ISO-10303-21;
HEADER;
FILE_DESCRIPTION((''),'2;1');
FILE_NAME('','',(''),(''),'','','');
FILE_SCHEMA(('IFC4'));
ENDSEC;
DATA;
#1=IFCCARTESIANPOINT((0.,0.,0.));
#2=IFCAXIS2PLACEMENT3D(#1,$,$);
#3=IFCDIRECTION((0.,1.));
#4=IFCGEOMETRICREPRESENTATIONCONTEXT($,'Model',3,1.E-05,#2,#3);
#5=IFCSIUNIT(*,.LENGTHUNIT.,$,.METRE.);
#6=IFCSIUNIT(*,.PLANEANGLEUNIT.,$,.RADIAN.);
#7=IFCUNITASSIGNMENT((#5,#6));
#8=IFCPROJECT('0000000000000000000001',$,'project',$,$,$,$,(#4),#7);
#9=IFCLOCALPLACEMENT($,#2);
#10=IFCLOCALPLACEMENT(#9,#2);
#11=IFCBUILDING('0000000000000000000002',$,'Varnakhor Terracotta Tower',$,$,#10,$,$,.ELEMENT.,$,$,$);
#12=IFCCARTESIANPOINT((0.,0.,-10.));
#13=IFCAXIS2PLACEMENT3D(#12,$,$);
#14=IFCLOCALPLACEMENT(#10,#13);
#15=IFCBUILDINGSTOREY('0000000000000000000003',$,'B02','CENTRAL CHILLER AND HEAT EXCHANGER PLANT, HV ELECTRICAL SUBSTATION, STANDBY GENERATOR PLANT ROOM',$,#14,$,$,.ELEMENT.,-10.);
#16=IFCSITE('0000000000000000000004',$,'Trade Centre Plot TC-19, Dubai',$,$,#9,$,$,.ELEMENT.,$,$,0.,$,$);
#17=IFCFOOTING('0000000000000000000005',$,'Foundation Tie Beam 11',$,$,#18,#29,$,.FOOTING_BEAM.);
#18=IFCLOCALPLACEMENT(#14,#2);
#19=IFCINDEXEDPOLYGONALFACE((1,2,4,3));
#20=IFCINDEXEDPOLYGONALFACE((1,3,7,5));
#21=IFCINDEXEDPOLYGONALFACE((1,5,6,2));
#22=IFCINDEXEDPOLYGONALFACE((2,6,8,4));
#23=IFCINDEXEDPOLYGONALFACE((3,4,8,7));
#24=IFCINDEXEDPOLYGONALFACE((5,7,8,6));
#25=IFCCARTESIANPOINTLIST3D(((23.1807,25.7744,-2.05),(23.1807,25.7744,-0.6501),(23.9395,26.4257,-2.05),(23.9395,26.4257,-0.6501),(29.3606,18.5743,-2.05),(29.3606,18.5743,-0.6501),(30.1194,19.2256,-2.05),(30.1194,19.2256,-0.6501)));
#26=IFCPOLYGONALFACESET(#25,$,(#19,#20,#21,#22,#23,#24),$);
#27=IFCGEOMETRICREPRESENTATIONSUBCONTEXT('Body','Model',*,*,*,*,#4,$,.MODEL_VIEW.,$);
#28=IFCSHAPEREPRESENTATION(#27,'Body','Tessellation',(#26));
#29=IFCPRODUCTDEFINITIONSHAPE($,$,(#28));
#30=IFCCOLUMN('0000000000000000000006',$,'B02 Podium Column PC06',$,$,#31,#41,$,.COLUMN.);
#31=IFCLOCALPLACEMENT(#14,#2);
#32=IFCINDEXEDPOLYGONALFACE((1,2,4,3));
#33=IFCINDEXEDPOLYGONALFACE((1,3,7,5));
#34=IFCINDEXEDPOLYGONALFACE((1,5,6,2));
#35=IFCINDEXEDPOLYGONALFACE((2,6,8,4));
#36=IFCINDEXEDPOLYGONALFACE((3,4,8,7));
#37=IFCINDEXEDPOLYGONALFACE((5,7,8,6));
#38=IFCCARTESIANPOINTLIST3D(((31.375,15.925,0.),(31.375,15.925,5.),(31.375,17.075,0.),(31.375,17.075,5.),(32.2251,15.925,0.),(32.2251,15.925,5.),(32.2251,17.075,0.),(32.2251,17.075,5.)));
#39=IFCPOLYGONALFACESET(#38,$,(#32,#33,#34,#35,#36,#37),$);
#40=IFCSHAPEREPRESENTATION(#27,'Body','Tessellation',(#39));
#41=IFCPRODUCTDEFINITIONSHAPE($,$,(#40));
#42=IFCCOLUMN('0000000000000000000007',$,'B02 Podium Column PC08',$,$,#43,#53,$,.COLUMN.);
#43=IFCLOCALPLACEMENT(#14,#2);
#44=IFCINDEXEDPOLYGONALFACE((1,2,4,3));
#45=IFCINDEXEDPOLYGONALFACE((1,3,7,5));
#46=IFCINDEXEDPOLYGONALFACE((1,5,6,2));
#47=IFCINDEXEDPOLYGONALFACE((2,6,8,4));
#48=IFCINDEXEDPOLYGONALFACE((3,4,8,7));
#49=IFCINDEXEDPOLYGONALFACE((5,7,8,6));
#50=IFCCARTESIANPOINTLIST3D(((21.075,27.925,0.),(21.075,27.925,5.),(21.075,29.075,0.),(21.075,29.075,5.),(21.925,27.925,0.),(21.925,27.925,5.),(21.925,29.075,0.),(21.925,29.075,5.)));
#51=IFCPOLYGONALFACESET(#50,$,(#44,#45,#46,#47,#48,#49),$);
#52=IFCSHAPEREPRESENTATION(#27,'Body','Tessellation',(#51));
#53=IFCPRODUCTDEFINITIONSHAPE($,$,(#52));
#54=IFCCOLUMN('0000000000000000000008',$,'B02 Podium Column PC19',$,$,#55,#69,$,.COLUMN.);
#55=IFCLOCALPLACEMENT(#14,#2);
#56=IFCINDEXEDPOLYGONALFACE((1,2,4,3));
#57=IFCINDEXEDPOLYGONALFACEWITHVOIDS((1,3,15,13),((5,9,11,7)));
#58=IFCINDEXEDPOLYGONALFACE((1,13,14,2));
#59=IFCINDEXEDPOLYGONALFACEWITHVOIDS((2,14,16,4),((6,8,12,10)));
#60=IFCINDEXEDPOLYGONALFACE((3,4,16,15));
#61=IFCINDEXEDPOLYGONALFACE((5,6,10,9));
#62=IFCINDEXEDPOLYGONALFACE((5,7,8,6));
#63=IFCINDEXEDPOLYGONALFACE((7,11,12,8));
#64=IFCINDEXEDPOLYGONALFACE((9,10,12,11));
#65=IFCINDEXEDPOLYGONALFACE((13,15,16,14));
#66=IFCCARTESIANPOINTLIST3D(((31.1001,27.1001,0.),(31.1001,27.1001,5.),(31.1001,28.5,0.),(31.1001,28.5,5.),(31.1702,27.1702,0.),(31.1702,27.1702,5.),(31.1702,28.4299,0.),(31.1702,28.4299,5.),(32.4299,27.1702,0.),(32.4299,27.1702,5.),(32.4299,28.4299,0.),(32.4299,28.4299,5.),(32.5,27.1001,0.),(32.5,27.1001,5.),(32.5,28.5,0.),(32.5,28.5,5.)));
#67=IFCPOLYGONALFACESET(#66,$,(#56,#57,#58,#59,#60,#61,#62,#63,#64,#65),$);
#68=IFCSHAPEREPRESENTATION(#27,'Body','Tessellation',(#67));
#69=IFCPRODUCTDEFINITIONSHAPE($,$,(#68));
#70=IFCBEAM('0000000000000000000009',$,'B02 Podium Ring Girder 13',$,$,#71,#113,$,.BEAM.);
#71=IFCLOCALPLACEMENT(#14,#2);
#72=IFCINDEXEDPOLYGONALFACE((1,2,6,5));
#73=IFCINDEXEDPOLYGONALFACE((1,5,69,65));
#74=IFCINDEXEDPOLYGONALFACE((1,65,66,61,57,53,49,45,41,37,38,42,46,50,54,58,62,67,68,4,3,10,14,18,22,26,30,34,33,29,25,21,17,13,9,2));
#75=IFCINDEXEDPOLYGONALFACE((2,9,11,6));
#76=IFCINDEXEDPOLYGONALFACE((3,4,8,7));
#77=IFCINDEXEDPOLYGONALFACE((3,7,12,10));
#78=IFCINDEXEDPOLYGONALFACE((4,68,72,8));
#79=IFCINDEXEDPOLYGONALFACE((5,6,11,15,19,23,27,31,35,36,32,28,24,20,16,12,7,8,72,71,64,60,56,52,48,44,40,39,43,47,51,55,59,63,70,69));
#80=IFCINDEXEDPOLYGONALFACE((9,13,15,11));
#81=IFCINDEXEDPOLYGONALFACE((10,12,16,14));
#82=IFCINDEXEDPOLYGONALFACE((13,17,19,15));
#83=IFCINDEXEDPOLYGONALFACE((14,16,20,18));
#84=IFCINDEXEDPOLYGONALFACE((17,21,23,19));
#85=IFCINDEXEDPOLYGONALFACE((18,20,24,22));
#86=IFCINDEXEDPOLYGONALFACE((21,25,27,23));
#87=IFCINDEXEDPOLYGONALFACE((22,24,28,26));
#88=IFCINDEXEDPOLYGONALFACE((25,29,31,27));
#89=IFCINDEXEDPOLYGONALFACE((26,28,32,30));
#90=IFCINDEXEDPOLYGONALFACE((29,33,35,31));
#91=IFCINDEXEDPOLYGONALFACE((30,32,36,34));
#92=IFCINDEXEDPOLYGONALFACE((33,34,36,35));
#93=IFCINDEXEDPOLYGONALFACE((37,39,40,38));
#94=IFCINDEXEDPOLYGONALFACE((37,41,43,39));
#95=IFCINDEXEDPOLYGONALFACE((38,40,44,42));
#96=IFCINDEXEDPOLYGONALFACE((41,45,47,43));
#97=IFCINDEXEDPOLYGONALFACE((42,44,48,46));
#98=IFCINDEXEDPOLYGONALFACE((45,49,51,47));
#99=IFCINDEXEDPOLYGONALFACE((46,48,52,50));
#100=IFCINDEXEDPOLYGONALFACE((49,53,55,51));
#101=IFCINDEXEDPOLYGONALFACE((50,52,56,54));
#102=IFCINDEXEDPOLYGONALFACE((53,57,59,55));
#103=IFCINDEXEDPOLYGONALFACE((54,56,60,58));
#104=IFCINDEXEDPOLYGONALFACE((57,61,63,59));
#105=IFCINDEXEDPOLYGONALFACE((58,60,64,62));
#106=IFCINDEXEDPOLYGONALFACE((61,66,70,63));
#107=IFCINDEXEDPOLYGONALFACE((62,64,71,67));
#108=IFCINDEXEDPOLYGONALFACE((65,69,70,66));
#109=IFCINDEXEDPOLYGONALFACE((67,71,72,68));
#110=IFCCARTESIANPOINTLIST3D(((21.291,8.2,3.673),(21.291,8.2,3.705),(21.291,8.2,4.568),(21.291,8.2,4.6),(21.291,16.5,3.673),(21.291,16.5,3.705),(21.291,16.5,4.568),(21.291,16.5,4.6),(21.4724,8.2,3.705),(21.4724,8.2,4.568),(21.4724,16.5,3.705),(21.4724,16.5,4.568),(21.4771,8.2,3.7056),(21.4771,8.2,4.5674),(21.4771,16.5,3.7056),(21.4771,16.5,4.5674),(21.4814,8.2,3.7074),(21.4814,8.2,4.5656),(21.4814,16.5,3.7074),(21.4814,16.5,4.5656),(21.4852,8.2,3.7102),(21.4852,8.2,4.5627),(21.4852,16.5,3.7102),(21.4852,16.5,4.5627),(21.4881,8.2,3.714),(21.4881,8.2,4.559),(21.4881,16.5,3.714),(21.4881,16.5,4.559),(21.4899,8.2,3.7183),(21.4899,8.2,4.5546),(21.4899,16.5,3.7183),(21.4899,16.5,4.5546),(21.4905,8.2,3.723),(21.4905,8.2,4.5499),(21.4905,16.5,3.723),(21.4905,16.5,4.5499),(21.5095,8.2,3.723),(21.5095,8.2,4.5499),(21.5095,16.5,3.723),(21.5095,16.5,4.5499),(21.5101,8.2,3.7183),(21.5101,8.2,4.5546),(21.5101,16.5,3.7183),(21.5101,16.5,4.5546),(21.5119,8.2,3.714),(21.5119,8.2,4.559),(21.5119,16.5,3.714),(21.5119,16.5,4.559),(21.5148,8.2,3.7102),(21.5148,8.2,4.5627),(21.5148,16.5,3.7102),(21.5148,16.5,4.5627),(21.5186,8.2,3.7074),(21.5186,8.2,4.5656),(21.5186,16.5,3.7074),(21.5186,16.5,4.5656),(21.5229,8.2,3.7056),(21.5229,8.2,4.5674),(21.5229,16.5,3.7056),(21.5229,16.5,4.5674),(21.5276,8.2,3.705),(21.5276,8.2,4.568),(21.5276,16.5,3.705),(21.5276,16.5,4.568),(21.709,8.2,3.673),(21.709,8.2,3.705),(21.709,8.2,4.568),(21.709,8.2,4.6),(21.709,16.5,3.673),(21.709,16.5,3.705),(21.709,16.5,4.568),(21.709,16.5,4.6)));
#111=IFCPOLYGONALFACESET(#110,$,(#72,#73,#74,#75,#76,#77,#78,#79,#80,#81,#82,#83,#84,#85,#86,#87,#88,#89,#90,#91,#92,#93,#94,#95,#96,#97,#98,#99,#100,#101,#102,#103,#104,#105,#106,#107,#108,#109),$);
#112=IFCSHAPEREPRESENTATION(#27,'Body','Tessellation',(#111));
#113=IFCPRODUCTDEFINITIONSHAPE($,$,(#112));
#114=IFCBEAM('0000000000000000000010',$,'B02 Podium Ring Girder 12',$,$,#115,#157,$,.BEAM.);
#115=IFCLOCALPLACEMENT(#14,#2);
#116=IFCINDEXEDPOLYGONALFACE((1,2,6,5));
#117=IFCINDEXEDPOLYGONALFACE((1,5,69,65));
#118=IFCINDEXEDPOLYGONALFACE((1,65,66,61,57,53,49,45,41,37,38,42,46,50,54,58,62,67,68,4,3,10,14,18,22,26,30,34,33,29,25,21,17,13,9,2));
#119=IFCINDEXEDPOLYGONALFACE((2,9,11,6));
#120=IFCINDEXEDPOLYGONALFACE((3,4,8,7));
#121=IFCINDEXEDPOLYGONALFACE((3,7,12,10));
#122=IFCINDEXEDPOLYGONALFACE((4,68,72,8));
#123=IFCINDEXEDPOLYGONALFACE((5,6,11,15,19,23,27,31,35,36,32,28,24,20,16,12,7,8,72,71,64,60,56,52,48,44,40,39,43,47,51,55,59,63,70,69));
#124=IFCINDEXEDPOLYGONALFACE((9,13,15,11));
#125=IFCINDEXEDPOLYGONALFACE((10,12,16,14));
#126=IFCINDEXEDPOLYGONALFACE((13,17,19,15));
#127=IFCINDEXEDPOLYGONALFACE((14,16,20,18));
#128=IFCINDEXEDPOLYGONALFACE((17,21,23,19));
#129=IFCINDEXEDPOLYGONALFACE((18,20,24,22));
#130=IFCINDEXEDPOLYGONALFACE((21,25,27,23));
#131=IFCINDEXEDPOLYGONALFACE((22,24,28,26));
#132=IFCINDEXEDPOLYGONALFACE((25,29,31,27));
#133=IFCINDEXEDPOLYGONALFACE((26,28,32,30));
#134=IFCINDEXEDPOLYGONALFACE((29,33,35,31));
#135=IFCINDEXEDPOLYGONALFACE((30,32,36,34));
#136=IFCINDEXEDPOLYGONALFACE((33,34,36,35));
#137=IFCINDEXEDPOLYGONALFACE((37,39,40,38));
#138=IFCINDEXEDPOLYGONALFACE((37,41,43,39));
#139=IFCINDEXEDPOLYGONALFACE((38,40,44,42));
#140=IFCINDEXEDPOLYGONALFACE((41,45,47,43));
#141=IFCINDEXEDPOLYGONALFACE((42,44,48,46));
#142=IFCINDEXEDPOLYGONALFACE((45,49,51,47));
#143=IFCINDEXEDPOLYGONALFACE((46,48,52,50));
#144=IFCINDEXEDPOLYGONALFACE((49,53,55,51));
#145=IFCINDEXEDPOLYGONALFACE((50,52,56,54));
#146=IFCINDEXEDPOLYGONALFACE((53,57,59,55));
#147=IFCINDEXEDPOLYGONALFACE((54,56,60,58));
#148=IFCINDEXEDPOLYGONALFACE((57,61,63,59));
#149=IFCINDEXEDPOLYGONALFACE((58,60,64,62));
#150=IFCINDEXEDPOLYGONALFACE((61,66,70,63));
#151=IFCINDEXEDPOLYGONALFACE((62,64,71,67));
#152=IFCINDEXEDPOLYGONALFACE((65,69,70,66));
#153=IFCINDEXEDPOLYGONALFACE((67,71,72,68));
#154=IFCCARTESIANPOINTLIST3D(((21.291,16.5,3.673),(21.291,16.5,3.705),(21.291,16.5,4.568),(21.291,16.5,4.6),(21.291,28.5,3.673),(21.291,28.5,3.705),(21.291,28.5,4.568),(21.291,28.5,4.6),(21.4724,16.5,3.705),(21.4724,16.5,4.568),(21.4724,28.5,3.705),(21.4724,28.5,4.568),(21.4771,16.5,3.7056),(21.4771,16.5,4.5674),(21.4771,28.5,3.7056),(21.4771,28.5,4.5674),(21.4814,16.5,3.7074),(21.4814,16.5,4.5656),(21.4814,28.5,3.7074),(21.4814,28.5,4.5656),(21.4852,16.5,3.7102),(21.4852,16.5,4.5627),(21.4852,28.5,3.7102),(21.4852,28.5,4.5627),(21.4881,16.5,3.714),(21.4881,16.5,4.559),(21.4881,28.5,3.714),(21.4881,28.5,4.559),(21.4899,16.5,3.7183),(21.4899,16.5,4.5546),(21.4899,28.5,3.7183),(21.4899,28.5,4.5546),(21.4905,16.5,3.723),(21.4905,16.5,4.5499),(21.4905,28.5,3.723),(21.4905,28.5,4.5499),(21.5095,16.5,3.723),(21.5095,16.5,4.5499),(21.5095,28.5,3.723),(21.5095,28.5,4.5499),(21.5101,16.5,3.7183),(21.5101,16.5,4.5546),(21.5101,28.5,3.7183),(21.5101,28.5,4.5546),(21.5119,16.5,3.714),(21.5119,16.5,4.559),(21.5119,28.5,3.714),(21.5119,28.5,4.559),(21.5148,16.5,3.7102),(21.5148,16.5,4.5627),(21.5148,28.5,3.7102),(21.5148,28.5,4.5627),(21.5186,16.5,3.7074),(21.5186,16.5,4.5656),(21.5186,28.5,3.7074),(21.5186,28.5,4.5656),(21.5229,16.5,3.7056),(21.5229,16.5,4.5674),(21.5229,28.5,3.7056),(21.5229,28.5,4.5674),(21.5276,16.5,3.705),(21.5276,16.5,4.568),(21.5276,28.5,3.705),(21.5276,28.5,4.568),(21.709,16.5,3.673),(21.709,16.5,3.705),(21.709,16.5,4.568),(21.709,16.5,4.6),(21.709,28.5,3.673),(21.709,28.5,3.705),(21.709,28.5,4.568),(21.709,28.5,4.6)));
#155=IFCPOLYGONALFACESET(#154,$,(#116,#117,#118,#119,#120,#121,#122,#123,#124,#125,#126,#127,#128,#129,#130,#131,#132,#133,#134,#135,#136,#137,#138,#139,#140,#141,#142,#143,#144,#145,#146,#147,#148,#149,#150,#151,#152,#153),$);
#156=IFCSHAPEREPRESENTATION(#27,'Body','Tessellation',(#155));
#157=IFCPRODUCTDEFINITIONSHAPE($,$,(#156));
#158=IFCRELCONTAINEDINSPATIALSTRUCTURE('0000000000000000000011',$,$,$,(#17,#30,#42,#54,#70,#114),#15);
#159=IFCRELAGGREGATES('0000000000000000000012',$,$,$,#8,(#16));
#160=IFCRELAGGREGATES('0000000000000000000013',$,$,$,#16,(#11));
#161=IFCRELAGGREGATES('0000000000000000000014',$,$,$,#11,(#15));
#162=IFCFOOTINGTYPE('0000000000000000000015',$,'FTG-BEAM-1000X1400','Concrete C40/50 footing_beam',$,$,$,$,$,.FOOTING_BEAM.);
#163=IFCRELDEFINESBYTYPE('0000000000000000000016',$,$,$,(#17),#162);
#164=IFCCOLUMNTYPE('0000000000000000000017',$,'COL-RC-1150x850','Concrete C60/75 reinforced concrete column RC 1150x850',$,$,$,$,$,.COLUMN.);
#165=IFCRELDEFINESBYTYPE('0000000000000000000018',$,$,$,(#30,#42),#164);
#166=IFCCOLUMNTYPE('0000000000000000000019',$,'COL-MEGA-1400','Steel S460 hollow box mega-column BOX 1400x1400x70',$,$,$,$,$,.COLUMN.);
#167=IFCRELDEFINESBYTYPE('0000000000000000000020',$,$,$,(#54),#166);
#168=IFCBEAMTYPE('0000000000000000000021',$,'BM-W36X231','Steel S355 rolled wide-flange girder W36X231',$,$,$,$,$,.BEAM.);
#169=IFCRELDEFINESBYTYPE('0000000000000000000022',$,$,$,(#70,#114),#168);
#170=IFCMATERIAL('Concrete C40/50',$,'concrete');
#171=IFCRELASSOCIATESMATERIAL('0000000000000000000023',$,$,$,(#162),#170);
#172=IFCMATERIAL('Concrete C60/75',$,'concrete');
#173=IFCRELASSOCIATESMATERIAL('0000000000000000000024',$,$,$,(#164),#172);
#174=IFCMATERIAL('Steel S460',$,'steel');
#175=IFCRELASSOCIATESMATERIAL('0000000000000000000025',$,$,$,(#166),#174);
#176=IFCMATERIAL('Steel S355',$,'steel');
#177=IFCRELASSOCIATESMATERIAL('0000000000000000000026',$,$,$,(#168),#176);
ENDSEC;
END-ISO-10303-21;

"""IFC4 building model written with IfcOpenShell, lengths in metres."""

from ifc_helpers import new_model, si_unit, direction, frame, origin, origin_2d, place, context, subcontext, project, spatial, rectangle, hollow_rectangle, i_section, extrude, source, transform, mapped, material, material_profile, profile_set, type_object, type_shapes, element, save


model = new_model("IFC4")

# Units and contexts
model_context = context("Model", 3, precision=1e-05, world=origin(), true_north=direction((0.0, 1.0)))
body_context = subcontext(model_context, "Body", "Model", "MODEL_VIEW")
ifc_project = project(units=[si_unit("LENGTHUNIT", "METRE"), si_unit("PLANEANGLEUNIT", "RADIAN")], contexts=[model_context])

# Site, building, storey
site_placement = place(None, origin())
site = spatial("IfcSite", under=ifc_project, at=site_placement, Name="Trade Centre Plot TC-19, Dubai", CompositionType="ELEMENT", RefElevation=0.0)
building_placement = place(site_placement, origin())
building = spatial("IfcBuilding", under=site, at=building_placement, Name="Varnakhor Terracotta Tower", CompositionType="ELEMENT")
storey_placement = place(building_placement, frame((0.0, 0.0, -10.0)))
storey = spatial("IfcBuildingStorey", under=building, at=storey_placement, Name="B02", Description="CENTRAL CHILLER AND HEAT EXCHANGER PLANT, HV ELECTRICAL SUBSTATION, STANDBY GENERATOR PLANT ROOM", CompositionType="ELEMENT", Elevation=-10.0)

# Shared definitions
ifc_material_1 = material(Name="Concrete C40/50", Category="concrete")

# Footing
ifc_material_profile_1 = material_profile(ifc_material_1, rectangle(XDim=1.0, YDim=1.3999, at=origin_2d()), Name="TIE BEAM 1000x1400")
ifc_profile_set_1 = profile_set([ifc_material_profile_1], Name="Concrete C40/50")
footing_type_1 = type_object("IfcFootingType", Name="FTG-BEAM-1000X1400", Description="Concrete C40/50 footing_beam", PredefinedType="FOOTING_BEAM", material=ifc_profile_set_1)
shared_shape_1 = source(origin(), body_context, "Body", "SweptSolid", [
    extrude(rectangle(XDim=1.0, YDim=1.3999, at=origin_2d()), origin(), (0.0, 0.0, 1.0), 9.4885),
])
footing_1_placement = place(storey_placement, frame((29.74, 18.8999, -1.3501), z_axis=(-0.651298, 0.758822, 0.0), x_axis=(-0.758822, -0.651298, 0.0)))
element("IfcFooting", 1, at=footing_1_placement, inside=storey, type_object=footing_type_1, Name="Foundation Tie Beam 11", PredefinedType="FOOTING_BEAM", context=body_context, shape_type="MappedRepresentation", body=[
    mapped(shared_shape_1, transform((0.0, 0.0, 0.0), scale=1.0)),
])

# Columns
ifc_material_2 = material(Name="Concrete C60/75", Category="concrete")
ifc_material_profile_2 = material_profile(ifc_material_2, rectangle(XDim=0.8501, YDim=1.1499, at=origin_2d()), Name="RC 1150x850")
ifc_profile_set_2 = profile_set([ifc_material_profile_2], Name="Concrete C60/75")
column_type_1 = type_object("IfcColumnType", Name="COL-RC-1150x850", Description="Concrete C60/75 reinforced concrete column RC 1150x850", PredefinedType="COLUMN", material=ifc_profile_set_2)
shared_shape_2 = source(origin(), body_context, "Body", "SweptSolid", [
    extrude(rectangle(XDim=0.8501, YDim=1.1499, at=origin_2d()), origin(), (0.0, 0.0, 1.0), 5.0),
])
type_shapes(column_type_1, [shared_shape_2])
for number, where, z_axis, x_axis, name in (
    (2, (31.8, 16.5, 0.0), (0.0, 0.0, 1.0), (1.0, 0.0, 0.0), "B02 Podium Column PC06"),
    (3, (21.5, 28.5, 0.0), (0.0, 0.0, 1.0), (1.0, 0.0, 0.0), "B02 Podium Column PC08"),
):
    element("IfcColumn", number, at=place(storey_placement, frame(where, z_axis=z_axis, x_axis=x_axis)), inside=storey, type_object=column_type_1, Name=name, PredefinedType="COLUMN", context=body_context, shape_type="MappedRepresentation", body=[
        mapped(shared_shape_2, transform((0.0, 0.0, 0.0), scale=1.0)),
    ])
ifc_material_3 = material(Name="Steel S460", Category="steel")
ifc_material_profile_3 = material_profile(ifc_material_3, hollow_rectangle(XDim=1.3999, YDim=1.3999, WallThickness=0.0701, at=origin_2d()), Name="BOX 1400x1400x70")
ifc_profile_set_3 = profile_set([ifc_material_profile_3], Name="Steel S460")
column_type_2 = type_object("IfcColumnType", Name="COL-MEGA-1400", Description="Steel S460 hollow box mega-column BOX 1400x1400x70", PredefinedType="COLUMN", material=ifc_profile_set_3)
shared_shape_3 = source(origin(), body_context, "Body", "SweptSolid", [
    extrude(hollow_rectangle(XDim=1.3999, YDim=1.3999, WallThickness=0.0701, at=origin_2d()), origin(), (0.0, 0.0, 1.0), 5.0),
])
type_shapes(column_type_2, [shared_shape_3])
column_placement = place(storey_placement, frame((31.8, 27.8, 0.0), z_axis=(0.0, 0.0, 1.0), x_axis=(1.0, 0.0, 0.0)))
element("IfcColumn", 4, at=column_placement, inside=storey, type_object=column_type_2, Name="B02 Podium Column PC19", PredefinedType="COLUMN", context=body_context, shape_type="MappedRepresentation", body=[
    mapped(shared_shape_3, transform((0.0, 0.0, 0.0), scale=1.0)),
])

# Beams
ifc_material_4 = material(Name="Steel S355", Category="steel")
ifc_material_profile_4 = material_profile(ifc_material_4, i_section(OverallWidth=0.418, OverallDepth=0.927, WebThickness=0.019, FlangeThickness=0.032, FilletRadius=0.0181, at=origin_2d()), Name="W36X231")
ifc_profile_set_4 = profile_set([ifc_material_profile_4], Name="Steel S355")
beam_type_1 = type_object("IfcBeamType", Name="BM-W36X231", Description="Steel S355 rolled wide-flange girder W36X231", PredefinedType="BEAM", material=ifc_profile_set_4)
shared_shape_4 = source(origin(), body_context, "Body", "SweptSolid", [
    extrude(i_section(OverallWidth=0.418, OverallDepth=0.927, WebThickness=0.019, FlangeThickness=0.032, FilletRadius=0.0181, at=origin_2d()), origin(), (0.0, 0.0, 1.0), 8.3),
])
beam_1_placement = place(storey_placement, frame((21.5, 16.5, 4.1365), z_axis=(0.0, -1.0, 0.0), x_axis=(1.0, 0.0, 0.0)))
element("IfcBeam", 5, at=beam_1_placement, inside=storey, type_object=beam_type_1, Name="B02 Podium Ring Girder 13", PredefinedType="BEAM", context=body_context, shape_type="MappedRepresentation", body=[
    mapped(shared_shape_4, transform((0.0, 0.0, 0.0), scale=1.0)),
])
shared_shape_5 = source(origin(), body_context, "Body", "SweptSolid", [
    extrude(i_section(OverallWidth=0.418, OverallDepth=0.927, WebThickness=0.019, FlangeThickness=0.032, FilletRadius=0.0181, at=origin_2d()), origin(), (0.0, 0.0, 1.0), 12.0),
])
beam_2_placement = place(storey_placement, frame((21.5, 28.5, 4.1365), z_axis=(0.0, -1.0, 0.0), x_axis=(1.0, 0.0, 0.0)))
element("IfcBeam", 6, at=beam_2_placement, inside=storey, type_object=beam_type_1, Name="B02 Podium Ring Girder 12", PredefinedType="BEAM", context=body_context, shape_type="MappedRepresentation", body=[
    mapped(shared_shape_5, transform((0.0, 0.0, 0.0), scale=1.0)),
])

save(model, "model.ifc")
